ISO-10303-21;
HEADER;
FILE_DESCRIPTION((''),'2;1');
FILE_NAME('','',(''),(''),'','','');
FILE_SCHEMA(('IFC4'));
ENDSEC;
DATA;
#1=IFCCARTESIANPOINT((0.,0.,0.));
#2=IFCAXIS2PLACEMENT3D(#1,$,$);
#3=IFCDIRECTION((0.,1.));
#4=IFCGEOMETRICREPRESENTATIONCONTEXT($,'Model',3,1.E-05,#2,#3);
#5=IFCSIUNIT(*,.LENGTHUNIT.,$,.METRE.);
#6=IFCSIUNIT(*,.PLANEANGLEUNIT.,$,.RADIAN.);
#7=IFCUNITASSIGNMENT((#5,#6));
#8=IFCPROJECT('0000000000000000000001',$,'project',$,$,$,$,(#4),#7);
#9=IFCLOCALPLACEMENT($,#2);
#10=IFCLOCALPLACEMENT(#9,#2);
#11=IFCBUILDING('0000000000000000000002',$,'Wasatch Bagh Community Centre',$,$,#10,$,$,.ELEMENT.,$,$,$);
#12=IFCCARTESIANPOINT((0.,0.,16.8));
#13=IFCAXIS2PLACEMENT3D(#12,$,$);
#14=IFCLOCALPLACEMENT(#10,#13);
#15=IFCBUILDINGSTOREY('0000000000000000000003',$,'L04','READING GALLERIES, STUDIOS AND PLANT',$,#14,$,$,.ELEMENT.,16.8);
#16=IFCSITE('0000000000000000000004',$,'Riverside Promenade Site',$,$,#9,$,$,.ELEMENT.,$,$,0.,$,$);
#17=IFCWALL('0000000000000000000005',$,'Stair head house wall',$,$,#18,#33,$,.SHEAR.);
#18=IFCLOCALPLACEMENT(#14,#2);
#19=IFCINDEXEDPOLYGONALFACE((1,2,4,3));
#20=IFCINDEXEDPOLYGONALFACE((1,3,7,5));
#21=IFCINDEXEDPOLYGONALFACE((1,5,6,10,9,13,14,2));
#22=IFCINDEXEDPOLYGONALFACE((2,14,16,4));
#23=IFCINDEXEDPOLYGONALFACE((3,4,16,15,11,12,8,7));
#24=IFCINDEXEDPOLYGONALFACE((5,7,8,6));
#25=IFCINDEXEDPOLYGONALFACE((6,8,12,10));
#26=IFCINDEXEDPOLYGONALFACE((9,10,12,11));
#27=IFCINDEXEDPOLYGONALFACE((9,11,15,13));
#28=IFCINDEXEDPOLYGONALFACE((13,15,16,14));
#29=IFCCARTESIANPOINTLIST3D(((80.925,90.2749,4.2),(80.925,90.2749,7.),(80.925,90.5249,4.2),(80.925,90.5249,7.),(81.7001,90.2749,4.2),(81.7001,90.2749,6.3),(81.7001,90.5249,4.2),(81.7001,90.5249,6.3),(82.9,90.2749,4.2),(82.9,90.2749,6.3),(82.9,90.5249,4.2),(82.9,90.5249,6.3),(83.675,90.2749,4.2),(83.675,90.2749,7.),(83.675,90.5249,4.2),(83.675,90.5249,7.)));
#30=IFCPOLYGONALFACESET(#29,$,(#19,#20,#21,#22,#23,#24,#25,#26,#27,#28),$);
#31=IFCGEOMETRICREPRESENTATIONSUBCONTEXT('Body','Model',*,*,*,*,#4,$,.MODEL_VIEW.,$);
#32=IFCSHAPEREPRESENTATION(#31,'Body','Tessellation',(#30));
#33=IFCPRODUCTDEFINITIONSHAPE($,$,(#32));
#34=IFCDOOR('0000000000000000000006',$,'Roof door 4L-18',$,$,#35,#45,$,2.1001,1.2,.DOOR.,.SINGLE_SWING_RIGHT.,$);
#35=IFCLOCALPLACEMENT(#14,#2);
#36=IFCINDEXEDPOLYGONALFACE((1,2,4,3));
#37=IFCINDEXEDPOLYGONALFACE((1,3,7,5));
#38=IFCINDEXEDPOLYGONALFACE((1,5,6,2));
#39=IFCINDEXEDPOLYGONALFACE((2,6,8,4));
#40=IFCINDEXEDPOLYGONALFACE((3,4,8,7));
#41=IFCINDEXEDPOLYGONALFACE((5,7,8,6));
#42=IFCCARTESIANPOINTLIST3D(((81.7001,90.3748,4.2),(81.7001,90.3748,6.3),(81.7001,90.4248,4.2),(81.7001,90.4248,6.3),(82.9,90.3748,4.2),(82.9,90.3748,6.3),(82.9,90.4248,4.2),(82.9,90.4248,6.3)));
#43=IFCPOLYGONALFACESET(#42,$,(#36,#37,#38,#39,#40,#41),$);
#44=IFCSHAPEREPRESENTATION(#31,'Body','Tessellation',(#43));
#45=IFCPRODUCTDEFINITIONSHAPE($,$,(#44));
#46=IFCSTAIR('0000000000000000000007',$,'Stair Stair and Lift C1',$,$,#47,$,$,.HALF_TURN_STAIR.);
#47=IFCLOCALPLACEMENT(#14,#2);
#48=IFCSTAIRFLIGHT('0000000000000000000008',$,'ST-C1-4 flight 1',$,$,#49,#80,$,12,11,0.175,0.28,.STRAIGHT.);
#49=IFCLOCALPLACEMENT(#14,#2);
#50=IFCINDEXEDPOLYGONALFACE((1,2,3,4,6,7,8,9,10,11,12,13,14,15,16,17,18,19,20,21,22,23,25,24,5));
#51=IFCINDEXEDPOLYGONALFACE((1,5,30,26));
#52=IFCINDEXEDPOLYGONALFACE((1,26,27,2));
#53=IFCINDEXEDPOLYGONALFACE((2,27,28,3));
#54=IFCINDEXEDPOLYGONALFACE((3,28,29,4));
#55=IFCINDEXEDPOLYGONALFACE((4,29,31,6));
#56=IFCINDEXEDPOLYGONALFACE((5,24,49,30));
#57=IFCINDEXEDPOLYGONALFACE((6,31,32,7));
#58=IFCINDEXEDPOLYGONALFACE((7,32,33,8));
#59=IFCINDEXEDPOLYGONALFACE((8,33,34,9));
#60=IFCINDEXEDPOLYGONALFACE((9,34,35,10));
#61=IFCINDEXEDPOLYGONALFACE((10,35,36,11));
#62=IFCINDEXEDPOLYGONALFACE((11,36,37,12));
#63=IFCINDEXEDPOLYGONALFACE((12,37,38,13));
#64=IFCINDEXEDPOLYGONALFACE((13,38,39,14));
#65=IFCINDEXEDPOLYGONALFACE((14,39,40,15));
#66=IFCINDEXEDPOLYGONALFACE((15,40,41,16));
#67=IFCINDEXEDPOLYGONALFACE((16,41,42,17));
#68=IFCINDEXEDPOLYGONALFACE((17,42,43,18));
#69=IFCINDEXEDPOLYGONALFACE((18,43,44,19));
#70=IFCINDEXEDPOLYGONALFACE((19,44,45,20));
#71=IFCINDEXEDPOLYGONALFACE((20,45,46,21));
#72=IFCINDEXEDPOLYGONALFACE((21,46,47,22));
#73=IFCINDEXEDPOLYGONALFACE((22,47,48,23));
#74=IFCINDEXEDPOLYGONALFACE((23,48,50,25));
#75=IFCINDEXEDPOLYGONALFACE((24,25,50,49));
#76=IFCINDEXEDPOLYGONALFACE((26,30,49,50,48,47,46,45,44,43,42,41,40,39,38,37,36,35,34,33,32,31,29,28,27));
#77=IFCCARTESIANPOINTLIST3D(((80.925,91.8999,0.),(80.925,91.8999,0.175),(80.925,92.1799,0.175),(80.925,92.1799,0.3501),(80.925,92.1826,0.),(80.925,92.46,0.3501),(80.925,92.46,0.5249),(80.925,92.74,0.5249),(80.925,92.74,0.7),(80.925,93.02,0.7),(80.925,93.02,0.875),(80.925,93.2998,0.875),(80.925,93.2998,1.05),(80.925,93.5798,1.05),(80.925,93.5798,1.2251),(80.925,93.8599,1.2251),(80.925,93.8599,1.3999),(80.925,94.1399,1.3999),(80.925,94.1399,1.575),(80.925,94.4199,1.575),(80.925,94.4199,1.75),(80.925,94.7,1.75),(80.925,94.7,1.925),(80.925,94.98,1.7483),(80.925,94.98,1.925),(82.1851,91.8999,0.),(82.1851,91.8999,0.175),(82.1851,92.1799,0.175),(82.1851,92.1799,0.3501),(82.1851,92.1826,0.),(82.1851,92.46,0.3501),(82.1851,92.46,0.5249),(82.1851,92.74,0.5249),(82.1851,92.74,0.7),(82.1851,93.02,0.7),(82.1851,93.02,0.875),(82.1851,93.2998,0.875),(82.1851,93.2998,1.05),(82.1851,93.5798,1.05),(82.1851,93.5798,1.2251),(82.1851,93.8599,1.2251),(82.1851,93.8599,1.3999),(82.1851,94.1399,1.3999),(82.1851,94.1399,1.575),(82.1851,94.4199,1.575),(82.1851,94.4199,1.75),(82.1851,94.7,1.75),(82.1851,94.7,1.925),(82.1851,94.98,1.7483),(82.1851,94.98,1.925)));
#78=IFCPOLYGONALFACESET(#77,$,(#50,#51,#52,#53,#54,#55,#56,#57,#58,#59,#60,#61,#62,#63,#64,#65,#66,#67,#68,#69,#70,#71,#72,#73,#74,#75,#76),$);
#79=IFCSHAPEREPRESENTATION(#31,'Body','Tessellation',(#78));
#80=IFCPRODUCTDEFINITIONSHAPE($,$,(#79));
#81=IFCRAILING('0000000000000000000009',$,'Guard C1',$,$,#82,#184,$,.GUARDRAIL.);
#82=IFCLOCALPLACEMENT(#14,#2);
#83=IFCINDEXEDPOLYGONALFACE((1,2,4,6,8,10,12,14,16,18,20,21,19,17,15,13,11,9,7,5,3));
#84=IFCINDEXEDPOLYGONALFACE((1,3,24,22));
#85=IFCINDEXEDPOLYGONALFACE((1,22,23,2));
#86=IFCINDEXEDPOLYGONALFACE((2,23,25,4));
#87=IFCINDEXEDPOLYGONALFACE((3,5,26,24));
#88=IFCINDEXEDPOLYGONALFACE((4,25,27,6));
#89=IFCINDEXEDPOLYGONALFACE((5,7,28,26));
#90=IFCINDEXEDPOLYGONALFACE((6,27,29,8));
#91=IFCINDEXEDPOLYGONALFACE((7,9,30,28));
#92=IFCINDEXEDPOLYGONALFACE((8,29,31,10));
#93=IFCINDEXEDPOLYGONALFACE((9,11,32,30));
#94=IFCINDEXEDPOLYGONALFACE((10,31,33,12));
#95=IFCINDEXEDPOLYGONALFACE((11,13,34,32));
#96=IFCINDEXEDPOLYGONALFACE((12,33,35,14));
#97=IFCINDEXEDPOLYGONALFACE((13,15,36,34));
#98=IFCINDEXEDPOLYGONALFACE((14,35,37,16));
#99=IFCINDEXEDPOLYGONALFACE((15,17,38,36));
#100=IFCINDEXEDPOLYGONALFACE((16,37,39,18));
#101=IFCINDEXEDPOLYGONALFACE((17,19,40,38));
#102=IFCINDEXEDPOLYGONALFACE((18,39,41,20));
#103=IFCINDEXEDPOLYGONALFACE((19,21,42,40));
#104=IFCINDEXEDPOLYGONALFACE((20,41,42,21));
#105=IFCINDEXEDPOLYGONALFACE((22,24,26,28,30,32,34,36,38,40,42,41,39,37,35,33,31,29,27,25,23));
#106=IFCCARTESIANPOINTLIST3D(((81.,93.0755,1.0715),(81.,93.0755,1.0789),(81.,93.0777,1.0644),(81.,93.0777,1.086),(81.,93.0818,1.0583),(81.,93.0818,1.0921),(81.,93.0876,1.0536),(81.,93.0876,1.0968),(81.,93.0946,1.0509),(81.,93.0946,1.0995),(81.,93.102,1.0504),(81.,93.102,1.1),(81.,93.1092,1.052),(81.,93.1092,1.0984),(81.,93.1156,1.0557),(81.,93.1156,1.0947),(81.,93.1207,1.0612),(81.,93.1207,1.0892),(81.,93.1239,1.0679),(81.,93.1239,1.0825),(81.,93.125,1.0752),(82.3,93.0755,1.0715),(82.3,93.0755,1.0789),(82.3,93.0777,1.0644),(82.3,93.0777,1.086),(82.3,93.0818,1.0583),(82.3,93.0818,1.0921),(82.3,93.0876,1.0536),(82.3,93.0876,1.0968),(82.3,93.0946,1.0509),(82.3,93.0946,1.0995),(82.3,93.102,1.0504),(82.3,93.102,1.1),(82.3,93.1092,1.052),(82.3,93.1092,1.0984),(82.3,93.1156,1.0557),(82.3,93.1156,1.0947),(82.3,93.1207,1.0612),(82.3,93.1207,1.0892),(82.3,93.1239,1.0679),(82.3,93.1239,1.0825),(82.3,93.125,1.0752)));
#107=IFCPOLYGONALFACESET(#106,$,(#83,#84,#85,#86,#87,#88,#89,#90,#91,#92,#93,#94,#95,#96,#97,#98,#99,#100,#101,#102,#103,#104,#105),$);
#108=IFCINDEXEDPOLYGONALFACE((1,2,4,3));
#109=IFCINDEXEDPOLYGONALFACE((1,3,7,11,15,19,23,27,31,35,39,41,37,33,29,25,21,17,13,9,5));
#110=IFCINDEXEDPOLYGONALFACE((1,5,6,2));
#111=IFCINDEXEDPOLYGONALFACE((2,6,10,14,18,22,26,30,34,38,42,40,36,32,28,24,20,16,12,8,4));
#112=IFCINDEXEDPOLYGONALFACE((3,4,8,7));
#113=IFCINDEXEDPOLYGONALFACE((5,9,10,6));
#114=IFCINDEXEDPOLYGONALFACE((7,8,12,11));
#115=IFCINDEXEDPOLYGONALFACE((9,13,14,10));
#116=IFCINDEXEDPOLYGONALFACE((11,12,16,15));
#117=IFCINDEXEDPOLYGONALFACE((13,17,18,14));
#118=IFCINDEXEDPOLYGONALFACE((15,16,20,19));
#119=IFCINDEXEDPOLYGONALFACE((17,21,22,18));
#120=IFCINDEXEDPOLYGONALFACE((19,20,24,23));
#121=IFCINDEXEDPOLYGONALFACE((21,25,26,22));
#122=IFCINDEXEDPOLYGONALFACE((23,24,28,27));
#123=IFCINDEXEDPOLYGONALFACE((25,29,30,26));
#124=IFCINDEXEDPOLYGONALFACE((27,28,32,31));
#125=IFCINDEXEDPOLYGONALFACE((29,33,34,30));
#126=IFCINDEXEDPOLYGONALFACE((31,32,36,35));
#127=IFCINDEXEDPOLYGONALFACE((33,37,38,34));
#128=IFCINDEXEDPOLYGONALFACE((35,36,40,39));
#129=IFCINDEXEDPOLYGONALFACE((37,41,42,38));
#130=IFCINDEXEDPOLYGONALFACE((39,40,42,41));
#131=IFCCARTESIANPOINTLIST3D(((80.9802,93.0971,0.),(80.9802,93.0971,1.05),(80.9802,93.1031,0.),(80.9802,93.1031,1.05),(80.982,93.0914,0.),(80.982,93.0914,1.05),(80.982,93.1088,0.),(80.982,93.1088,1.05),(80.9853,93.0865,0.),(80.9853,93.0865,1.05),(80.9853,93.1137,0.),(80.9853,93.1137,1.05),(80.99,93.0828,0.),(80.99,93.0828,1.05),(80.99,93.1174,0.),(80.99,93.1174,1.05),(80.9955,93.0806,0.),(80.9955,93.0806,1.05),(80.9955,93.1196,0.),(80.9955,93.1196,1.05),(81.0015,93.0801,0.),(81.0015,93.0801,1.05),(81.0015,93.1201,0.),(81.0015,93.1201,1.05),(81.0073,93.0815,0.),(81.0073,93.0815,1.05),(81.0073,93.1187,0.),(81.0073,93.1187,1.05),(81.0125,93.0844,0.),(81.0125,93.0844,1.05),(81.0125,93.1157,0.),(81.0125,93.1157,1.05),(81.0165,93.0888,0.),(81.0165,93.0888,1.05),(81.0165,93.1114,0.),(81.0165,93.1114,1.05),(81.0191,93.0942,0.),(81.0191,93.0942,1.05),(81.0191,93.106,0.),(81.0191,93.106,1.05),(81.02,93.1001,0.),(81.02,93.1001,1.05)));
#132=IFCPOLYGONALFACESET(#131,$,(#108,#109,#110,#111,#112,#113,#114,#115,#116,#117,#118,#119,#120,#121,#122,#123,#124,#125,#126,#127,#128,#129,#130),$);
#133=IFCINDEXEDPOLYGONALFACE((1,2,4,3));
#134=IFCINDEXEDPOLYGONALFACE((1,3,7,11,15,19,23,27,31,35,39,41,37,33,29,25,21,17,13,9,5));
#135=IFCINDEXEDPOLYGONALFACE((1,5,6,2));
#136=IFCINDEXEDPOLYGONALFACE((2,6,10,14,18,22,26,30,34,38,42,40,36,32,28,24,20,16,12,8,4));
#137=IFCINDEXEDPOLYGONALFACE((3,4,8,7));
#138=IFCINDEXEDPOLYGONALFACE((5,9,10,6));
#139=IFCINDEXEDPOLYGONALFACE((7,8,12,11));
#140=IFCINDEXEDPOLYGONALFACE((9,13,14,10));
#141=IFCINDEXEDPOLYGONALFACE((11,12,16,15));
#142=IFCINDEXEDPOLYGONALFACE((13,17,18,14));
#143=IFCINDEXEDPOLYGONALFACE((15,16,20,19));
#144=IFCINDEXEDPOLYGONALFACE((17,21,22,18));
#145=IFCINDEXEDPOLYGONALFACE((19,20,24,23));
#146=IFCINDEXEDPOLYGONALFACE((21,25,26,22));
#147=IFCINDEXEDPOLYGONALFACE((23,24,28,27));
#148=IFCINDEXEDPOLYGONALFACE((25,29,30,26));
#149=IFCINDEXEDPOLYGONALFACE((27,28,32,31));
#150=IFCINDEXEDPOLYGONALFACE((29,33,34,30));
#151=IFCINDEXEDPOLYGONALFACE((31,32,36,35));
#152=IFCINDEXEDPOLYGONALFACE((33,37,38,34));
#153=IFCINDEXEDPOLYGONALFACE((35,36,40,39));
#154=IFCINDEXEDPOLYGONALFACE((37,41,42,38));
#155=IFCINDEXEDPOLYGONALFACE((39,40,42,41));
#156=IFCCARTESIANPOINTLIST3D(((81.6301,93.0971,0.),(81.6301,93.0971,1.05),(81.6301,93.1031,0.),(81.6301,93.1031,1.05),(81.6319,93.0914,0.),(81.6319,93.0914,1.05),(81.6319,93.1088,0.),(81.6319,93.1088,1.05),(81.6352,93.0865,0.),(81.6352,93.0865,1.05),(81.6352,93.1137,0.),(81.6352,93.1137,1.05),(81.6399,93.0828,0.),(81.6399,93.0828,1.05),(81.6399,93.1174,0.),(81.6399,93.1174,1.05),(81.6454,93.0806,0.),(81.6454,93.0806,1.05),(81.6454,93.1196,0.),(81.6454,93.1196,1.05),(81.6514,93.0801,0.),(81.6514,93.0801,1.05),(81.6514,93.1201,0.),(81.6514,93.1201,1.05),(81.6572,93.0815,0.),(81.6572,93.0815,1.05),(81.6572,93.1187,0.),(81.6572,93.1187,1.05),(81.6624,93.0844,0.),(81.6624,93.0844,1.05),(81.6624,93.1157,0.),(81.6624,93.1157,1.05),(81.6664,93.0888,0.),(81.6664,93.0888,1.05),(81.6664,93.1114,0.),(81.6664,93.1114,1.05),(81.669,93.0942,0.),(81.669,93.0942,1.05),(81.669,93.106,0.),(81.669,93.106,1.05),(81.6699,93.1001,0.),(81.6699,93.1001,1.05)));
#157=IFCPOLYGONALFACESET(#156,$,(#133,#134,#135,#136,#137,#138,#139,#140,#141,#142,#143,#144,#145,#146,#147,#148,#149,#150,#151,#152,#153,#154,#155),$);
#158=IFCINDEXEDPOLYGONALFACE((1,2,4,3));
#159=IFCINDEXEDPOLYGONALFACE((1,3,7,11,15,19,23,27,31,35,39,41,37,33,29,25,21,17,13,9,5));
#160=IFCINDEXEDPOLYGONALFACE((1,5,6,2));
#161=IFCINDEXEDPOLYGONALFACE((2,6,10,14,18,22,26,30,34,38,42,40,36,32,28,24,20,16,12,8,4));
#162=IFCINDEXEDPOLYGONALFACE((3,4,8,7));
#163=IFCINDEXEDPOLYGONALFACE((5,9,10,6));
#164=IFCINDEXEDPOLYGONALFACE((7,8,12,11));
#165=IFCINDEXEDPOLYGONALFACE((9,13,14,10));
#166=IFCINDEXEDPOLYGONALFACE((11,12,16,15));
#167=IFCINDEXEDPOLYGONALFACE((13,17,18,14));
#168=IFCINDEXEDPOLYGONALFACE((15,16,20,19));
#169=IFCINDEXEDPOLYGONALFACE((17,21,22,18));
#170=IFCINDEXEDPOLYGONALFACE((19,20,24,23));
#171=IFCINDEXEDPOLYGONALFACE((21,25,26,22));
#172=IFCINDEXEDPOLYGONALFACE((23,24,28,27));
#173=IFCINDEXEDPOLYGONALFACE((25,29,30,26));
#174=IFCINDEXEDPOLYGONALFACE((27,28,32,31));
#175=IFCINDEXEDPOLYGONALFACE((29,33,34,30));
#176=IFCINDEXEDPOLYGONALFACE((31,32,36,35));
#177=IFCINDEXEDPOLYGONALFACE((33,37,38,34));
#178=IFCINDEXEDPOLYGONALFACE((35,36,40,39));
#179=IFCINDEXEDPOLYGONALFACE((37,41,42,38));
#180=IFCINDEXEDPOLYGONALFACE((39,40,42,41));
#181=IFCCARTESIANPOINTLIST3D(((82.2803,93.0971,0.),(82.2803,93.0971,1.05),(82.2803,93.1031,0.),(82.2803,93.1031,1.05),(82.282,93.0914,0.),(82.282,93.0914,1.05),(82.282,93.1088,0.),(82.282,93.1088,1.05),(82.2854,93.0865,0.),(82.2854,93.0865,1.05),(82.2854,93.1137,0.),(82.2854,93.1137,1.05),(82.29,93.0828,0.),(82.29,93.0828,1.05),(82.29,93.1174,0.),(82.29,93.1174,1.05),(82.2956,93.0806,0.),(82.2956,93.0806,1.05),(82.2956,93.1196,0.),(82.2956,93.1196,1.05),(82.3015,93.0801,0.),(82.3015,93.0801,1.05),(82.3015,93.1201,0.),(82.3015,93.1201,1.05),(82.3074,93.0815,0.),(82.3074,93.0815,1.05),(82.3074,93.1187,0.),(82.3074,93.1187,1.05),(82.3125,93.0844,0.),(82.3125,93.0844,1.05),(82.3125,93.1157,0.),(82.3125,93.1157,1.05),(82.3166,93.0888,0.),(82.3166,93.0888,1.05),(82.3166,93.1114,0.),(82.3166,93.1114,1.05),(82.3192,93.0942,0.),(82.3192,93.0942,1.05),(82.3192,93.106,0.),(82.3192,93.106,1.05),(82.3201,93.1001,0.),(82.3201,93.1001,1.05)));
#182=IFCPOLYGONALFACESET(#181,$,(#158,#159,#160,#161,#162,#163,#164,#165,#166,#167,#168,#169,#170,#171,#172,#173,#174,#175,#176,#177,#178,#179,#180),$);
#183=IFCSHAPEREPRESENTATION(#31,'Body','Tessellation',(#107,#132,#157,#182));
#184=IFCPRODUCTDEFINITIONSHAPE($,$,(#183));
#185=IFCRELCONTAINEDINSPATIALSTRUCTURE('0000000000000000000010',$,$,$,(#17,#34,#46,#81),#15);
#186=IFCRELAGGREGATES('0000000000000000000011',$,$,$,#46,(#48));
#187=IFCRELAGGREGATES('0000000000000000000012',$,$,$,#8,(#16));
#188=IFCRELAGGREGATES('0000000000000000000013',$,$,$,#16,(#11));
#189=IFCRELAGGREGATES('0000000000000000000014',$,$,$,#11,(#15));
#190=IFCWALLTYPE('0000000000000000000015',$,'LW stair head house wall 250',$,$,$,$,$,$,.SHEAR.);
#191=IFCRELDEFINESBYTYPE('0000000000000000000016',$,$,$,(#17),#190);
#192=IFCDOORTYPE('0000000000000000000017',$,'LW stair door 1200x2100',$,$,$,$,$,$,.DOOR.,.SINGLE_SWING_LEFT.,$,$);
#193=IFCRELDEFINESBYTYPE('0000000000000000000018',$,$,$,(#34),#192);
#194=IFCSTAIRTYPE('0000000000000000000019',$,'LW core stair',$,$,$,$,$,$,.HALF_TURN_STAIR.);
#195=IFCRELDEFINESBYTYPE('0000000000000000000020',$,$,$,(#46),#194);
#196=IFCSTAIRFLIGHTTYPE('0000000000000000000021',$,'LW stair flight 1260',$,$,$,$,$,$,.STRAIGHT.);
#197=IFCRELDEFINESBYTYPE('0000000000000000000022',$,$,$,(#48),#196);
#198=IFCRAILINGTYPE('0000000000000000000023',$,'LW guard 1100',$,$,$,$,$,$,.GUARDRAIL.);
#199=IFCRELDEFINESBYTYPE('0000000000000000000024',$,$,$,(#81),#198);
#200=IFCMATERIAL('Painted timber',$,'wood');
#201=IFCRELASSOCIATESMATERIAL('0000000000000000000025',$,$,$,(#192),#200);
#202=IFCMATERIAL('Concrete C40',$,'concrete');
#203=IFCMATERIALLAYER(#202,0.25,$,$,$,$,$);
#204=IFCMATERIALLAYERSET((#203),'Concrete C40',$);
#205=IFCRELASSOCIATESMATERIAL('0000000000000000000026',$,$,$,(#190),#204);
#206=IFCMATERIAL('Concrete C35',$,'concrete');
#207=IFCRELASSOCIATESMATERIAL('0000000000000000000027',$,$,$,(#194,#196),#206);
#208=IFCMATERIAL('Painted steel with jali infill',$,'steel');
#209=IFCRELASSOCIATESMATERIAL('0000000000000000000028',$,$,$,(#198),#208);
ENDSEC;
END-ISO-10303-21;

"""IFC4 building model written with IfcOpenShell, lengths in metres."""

from ifc_helpers import new_model, si_unit, direction, frame, frame_2d, origin, origin_2d, place, context, subcontext, project, spatial, polyline, rectangle, circle, outline, extrude, material, layer, layer_set, type_object, element, fill, aggregate, save


model = new_model("IFC4")

# Units and contexts
model_context = context("Model", 3, precision=1e-05, world=origin(), true_north=direction((0.0, 1.0)))
body_context = subcontext(model_context, "Body", "Model", "MODEL_VIEW")
ifc_project = project(units=[si_unit("LENGTHUNIT", "METRE"), si_unit("PLANEANGLEUNIT", "RADIAN")], contexts=[model_context])

# Site, building, storey
site_placement = place(None, origin())
site = spatial("IfcSite", under=ifc_project, at=site_placement, Name="Riverside Promenade Site", CompositionType="ELEMENT", RefElevation=0.0)
building_placement = place(site_placement, origin())
building = spatial("IfcBuilding", under=site, at=building_placement, Name="Wasatch Bagh Community Centre", CompositionType="ELEMENT")
storey_placement = place(building_placement, frame((0.0, 0.0, 16.8)))
storey = spatial("IfcBuildingStorey", under=building, at=storey_placement, Name="L04", Description="READING GALLERIES, STUDIOS AND PLANT", CompositionType="ELEMENT", Elevation=16.8)

# Shared definitions
ifc_material_1 = material(Name="Concrete C40", Category="concrete")

# Shared definitions
ifc_material_2 = material(Name="Concrete C35", Category="concrete")

# Shared definitions
ifc_material_3 = material(Name="Painted timber", Category="wood")
door_type = type_object("IfcDoorType", Name="LW stair door 1200x2100", OperationType="SINGLE_SWING_LEFT", PredefinedType="DOOR", material=ifc_material_3)

# Shared definitions
ifc_layer_1 = layer(ifc_material_1, 0.25)
ifc_layer_set_1 = layer_set([ifc_layer_1], Name="Concrete C40")
wall_type_1 = type_object("IfcWallType", Name="LW stair head house wall 250", PredefinedType="SHEAR", material=ifc_layer_set_1)

# Wall, opening, door
wall_1_placement = place(storey_placement, frame((80.925, 90.3999, 4.2), z_axis=(0.0, 0.0, 1.0), x_axis=(1.0, 0.0, 0.0)))
wall_1 = element("IfcWall", 1, at=wall_1_placement, inside=storey, type_object=wall_type_1, Name="Stair head house wall", PredefinedType="SHEAR", context=body_context, shape_type="SweptSolid", body=[
    extrude(rectangle(XDim=2.75, YDim=0.25, at=frame_2d((1.375, 0.0))), origin(), (0.0, 0.0, 1.0), 2.8),
])
opening_1_placement = place(wall_1_placement, frame((0.7749, 0.0, 0.0)))
opening_1 = element("IfcOpeningElement", 2, at=opening_1_placement, cuts=wall_1, PredefinedType="OPENING", context=body_context, shape_type="SweptSolid", body=[
    extrude(rectangle(XDim=1.2, YDim=2.1001, at=frame_2d((0.6001, 1.05))), frame((0.0, 0.135, 0.0), z_axis=(0.0, -1.0, 0.0), x_axis=(1.0, 0.0, 0.0)), (0.0, 0.0, 1.0), 0.27),
])
door_1_placement = place(opening_1_placement, origin())
door_1 = element("IfcDoor", 3, at=door_1_placement, inside=storey, type_object=door_type, Name="Roof door 4L-18", OperationType="SINGLE_SWING_RIGHT", OverallHeight=2.1001, OverallWidth=1.2, PredefinedType="DOOR", context=body_context, shape_type="SweptSolid", body=[
    extrude(rectangle(XDim=1.2, YDim=2.1001, at=frame_2d((0.6001, 1.05))), frame((0.0, 0.0249, 0.0), z_axis=(0.0, -1.0, 0.0), x_axis=(1.0, 0.0, 0.0)), (0.0, 0.0, 1.0), 0.05),
])
fill(opening_1, door_1)

# Stair, stair flight
stair_type = type_object("IfcStairType", Name="LW core stair", PredefinedType="HALF_TURN_STAIR", material=ifc_material_2)
stair_placement = place(storey_placement, origin())
stair = element("IfcStair", 4, at=stair_placement, inside=storey, type_object=stair_type, Name="Stair Stair and Lift C1", PredefinedType="HALF_TURN_STAIR")
stair_flight_type = type_object("IfcStairFlightType", Name="LW stair flight 1260", PredefinedType="STRAIGHT", material=ifc_material_2)
stair_flight_placement = place(storey_placement, frame((81.5549, 91.8999, 0.0), z_axis=(0.0, 0.0, 1.0), x_axis=(0.0, 1.0, 0.0)))
stair_flight = element("IfcStairFlight", 5, at=stair_flight_placement, type_object=stair_flight_type, Name="ST-C1-4 flight 1", NumberOfRisers=12, NumberOfTreads=11, PredefinedType="STRAIGHT", RiserHeight=0.175, TreadLength=0.28, context=body_context, shape_type="SweptSolid", body=[
    extrude(outline(polyline([(0.0, 0.0), (0.0, 0.175), (0.28, 0.175), (0.28, 0.3501), (0.5601, 0.3501), (0.5601, 0.5249), (0.8401, 0.5249), (0.8401, 0.7), (1.1201, 0.7), (1.1201, 0.875), (1.3999, 0.875), (1.3999, 1.05), (1.6799, 1.05), (1.6799, 1.2251), (1.96, 1.2251), (1.96, 1.3999), (2.24, 1.3999), (2.24, 1.575), (2.52, 1.575), (2.52, 1.75), (2.8, 1.75), (2.8, 1.925), (3.0801, 1.925), (3.0801, 2.1001), (3.0801, 1.7483), (0.2827, 0.0), (0.0, 0.0)])), frame((0.0, 0.6299, 0.0), z_axis=(0.0, -1.0, 0.0), x_axis=(1.0, 0.0, 0.0)), (0.0, 0.0, 1.0), 1.26),
])
aggregate(stair, [stair_flight])

# Railing
ifc_material_4 = material(Name="Painted steel with jali infill", Category="steel")
railing_type_1 = type_object("IfcRailingType", Name="LW guard 1100", PredefinedType="GUARDRAIL", material=ifc_material_4)
for number, where, name in (
    (6, (81.0, 93.1001, 0.0), "Guard C1"),
):
    element("IfcRailing", number, at=place(storey_placement, frame(where)), inside=storey, type_object=railing_type_1, Name=name, PredefinedType="GUARDRAIL", context=body_context, shape_type="SweptSolid", body=[
        extrude(circle(Radius=0.0249, at=origin_2d()), frame((0.0, 0.0, 1.0752), z_axis=(1.0, 0.0, 0.0), x_axis=(0.0, 1.0, 0.0)), (0.0, 0.0, 1.0), 1.3),
        extrude(circle(Radius=0.02, at=origin_2d()), origin(), (0.0, 0.0, 1.0), 1.05),
        extrude(circle(Radius=0.02, at=origin_2d()), frame((0.6499, 0.0, 0.0)), (0.0, 0.0, 1.0), 1.05),
        extrude(circle(Radius=0.02, at=origin_2d()), frame((1.3, 0.0, 0.0)), (0.0, 0.0, 1.0), 1.05),
    ])

save(model, "model.ifc")
